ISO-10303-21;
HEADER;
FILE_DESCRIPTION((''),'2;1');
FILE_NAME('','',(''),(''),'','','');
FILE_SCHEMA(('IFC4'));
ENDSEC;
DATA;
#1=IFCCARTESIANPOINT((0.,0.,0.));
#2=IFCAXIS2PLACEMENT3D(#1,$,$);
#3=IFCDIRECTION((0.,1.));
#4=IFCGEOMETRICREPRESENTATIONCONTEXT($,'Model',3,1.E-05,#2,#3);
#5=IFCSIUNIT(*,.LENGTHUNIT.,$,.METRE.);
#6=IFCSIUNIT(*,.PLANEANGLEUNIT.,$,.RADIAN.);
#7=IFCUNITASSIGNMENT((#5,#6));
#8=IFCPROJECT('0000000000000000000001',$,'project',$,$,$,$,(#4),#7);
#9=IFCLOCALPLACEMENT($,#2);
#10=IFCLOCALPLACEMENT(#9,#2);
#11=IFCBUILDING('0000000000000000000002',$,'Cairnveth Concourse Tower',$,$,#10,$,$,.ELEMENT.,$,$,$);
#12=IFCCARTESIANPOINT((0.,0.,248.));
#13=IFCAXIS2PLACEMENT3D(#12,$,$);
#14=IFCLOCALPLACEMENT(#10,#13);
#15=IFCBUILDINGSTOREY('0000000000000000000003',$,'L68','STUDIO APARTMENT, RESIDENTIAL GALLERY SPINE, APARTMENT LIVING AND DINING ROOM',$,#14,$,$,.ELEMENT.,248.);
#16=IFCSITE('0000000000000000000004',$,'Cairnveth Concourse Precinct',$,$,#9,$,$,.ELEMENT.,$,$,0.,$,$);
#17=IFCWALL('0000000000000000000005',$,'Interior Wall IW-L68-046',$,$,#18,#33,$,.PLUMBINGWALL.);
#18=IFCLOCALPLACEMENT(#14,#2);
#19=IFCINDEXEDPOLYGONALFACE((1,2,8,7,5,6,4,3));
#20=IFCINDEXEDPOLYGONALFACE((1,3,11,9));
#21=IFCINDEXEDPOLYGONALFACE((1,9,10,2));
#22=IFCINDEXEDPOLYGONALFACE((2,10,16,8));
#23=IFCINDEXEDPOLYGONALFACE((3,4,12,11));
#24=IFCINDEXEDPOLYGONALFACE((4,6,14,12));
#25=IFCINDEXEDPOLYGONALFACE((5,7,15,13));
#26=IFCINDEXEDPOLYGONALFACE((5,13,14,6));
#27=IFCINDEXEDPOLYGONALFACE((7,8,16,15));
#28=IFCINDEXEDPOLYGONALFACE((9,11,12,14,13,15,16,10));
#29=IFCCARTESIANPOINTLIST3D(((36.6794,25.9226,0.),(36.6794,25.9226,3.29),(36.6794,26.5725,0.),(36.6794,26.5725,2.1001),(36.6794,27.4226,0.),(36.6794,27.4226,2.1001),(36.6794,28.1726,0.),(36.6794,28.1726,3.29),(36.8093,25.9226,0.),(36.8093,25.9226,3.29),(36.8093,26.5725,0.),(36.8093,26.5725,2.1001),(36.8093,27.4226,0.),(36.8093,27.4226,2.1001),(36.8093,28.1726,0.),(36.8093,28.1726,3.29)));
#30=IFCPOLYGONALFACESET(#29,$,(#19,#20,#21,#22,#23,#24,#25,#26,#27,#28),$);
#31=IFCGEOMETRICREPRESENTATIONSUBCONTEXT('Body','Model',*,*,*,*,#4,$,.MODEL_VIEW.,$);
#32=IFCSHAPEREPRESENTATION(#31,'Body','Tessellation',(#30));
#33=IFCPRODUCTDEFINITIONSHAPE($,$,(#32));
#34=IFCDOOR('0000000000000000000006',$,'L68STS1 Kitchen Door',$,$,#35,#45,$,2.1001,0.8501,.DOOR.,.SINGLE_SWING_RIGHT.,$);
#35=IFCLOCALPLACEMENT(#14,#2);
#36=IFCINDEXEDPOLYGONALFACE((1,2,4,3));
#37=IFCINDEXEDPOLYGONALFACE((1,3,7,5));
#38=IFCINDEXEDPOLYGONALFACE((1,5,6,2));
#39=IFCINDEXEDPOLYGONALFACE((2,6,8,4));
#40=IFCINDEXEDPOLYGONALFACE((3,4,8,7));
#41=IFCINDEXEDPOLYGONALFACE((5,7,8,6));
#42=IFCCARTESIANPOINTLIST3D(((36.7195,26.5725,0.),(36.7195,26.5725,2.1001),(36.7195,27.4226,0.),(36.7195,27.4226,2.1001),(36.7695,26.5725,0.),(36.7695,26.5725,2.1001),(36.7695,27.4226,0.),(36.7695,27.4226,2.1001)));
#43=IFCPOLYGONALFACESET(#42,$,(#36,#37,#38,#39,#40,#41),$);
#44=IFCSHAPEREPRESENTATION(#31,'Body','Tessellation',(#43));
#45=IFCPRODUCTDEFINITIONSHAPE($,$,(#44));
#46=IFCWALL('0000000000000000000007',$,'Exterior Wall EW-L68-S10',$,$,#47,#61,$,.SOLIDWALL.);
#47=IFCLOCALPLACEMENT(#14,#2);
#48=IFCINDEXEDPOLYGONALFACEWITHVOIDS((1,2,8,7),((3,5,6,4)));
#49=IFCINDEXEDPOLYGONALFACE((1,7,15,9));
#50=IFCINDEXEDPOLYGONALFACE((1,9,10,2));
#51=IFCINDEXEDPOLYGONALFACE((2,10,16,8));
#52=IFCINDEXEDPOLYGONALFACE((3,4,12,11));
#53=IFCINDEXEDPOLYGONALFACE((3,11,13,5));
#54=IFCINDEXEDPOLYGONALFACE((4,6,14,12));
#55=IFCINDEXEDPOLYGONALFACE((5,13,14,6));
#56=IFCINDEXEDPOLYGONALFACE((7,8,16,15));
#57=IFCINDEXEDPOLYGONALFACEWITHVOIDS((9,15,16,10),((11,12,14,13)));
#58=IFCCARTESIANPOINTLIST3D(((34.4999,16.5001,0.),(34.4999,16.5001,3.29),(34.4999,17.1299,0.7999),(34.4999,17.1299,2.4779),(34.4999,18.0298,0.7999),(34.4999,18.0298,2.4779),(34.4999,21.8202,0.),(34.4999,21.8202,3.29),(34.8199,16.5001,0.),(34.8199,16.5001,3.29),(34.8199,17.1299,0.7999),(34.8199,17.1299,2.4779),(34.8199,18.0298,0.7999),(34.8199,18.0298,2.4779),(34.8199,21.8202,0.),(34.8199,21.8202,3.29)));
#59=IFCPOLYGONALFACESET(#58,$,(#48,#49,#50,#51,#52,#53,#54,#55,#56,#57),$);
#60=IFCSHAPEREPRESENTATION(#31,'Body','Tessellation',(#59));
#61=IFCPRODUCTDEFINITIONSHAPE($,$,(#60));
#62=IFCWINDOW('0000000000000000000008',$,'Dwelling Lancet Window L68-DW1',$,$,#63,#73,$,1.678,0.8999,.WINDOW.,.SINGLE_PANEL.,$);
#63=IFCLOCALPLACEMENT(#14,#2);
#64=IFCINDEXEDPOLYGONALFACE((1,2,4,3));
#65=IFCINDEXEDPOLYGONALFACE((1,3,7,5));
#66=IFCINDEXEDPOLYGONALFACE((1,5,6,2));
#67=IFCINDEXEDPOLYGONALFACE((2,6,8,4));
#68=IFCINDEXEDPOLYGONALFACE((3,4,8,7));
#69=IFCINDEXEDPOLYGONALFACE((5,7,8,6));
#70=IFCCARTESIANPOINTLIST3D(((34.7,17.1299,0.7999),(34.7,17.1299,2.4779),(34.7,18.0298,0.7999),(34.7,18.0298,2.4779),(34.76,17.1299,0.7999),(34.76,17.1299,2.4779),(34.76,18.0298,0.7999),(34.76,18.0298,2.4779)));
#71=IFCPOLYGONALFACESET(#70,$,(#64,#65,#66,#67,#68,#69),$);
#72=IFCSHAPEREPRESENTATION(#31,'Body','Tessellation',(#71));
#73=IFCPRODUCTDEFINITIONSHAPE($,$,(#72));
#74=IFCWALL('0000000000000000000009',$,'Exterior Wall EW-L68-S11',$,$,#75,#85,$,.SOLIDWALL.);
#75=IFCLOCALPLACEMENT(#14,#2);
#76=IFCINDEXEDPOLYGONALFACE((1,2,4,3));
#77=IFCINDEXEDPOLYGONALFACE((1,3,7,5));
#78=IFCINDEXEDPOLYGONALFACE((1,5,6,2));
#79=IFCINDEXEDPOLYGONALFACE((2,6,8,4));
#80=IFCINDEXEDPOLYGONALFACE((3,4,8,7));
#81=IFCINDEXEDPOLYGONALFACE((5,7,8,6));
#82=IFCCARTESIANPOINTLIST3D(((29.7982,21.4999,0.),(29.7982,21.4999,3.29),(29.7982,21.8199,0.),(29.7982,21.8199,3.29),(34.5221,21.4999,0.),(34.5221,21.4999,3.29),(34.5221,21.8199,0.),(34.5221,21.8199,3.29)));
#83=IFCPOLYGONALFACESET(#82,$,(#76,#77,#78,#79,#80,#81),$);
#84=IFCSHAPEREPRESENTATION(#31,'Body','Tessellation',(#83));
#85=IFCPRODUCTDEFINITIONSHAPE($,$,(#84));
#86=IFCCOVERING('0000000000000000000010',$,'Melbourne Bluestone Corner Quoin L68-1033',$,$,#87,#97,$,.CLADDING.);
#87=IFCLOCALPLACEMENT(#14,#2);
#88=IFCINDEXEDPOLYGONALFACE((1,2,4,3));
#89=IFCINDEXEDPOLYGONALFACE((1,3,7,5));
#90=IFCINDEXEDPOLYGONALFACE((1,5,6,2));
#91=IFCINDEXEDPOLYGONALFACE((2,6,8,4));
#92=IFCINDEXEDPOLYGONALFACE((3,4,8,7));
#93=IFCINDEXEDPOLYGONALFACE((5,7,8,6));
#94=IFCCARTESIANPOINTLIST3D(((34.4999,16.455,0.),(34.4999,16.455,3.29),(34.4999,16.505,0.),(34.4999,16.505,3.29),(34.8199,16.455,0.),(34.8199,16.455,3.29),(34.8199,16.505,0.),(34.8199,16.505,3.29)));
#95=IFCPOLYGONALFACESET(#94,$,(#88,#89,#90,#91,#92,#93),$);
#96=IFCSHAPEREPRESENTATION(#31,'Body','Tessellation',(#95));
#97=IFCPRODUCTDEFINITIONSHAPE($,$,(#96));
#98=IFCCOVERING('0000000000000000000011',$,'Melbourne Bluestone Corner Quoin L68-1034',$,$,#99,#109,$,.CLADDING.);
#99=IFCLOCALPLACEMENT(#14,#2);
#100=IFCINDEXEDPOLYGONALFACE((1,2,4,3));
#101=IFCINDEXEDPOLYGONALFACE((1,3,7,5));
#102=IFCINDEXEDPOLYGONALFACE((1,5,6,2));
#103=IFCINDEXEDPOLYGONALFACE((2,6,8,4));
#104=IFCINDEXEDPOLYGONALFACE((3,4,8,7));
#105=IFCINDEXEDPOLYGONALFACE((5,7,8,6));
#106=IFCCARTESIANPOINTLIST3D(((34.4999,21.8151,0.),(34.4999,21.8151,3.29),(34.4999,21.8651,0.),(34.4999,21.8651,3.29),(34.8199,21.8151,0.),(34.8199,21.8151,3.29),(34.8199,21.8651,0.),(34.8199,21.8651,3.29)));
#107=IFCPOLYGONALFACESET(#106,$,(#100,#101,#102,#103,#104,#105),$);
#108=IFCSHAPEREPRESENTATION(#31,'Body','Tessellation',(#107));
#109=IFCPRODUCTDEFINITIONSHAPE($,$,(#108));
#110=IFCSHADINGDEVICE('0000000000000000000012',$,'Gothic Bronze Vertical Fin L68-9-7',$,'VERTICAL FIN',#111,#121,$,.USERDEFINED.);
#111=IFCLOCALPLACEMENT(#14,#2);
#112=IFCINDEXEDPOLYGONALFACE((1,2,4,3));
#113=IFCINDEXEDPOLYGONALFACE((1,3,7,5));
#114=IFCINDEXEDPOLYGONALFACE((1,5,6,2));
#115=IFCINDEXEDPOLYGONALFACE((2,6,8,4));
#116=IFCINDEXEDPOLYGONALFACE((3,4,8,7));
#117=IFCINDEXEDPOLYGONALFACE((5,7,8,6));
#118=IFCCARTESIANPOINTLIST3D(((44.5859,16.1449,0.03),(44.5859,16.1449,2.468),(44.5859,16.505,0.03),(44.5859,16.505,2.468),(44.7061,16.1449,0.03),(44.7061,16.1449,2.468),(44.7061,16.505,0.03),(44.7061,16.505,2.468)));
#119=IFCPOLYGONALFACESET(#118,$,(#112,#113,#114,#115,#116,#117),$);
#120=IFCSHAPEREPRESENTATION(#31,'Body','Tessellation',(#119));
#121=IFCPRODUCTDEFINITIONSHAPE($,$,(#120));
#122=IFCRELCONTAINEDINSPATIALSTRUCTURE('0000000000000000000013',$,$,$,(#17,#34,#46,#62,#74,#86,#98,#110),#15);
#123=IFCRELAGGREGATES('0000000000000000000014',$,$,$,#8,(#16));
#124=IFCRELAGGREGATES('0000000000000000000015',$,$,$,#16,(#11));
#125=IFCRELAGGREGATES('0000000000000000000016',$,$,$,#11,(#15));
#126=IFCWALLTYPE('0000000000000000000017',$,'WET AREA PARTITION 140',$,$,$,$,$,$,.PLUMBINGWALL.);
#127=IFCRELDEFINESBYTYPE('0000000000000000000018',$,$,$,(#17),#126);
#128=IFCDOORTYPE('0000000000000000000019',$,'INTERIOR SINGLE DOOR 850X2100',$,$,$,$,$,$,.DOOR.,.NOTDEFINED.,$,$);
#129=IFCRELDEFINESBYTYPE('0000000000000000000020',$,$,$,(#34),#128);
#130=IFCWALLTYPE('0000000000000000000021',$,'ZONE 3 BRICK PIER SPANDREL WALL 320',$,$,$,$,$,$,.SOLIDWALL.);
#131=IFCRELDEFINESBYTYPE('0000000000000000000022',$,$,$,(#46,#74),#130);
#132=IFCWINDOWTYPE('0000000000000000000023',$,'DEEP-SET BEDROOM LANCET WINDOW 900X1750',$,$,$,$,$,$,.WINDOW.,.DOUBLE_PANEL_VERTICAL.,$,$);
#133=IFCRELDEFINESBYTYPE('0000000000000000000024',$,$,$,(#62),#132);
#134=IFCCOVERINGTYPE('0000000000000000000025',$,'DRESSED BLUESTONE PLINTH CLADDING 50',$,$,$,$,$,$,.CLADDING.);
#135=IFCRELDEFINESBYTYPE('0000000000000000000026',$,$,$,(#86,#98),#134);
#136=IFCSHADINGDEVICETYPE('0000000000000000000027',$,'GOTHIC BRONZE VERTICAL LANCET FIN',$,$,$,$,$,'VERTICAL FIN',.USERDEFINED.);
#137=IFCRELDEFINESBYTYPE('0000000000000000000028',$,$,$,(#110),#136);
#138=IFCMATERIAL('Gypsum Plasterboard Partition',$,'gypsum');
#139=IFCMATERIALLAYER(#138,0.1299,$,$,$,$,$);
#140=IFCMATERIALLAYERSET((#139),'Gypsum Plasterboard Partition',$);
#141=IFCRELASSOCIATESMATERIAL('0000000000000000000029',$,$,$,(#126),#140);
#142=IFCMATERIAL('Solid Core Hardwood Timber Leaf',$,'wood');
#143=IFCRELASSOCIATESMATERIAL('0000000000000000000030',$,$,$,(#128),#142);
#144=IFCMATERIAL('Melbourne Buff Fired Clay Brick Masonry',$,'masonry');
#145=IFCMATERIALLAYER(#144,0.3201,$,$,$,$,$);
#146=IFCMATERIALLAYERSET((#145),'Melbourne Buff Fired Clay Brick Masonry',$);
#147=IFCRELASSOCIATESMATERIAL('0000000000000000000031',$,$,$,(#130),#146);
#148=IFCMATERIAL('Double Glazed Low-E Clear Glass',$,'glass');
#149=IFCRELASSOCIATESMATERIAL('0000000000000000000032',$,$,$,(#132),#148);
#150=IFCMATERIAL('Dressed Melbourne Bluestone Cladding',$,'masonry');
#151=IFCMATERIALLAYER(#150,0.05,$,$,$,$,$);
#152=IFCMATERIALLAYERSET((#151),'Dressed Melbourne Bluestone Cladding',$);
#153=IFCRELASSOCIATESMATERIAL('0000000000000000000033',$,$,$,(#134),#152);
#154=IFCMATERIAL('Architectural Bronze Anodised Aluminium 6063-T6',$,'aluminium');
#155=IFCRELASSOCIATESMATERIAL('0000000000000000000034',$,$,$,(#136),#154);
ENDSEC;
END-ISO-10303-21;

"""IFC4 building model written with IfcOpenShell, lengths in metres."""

from ifc_helpers import new_model, si_unit, direction, frame, frame_2d, origin, origin_2d, place, context, subcontext, project, spatial, rectangle, extrude, material, layer, layer_set, type_object, element, fill, save


model = new_model("IFC4")

# Units and contexts
model_context = context("Model", 3, precision=1e-05, world=origin(), true_north=direction((0.0, 1.0)))
body_context = subcontext(model_context, "Body", "Model", "MODEL_VIEW")
ifc_project = project(units=[si_unit("LENGTHUNIT", "METRE"), si_unit("PLANEANGLEUNIT", "RADIAN")], contexts=[model_context])

# Site, building, storey
site_placement = place(None, origin())
site = spatial("IfcSite", under=ifc_project, at=site_placement, Name="Cairnveth Concourse Precinct", CompositionType="ELEMENT", RefElevation=0.0)
building_placement = place(site_placement, origin())
building = spatial("IfcBuilding", under=site, at=building_placement, Name="Cairnveth Concourse Tower", CompositionType="ELEMENT")
storey_placement = place(building_placement, frame((0.0, 0.0, 248.0)))
storey = spatial("IfcBuildingStorey", under=building, at=storey_placement, Name="L68", Description="STUDIO APARTMENT, RESIDENTIAL GALLERY SPINE, APARTMENT LIVING AND DINING ROOM", CompositionType="ELEMENT", Elevation=248.0)

# Shared definitions
ifc_material_1 = material(Name="Gypsum Plasterboard Partition", Category="gypsum")

# Wall, opening, door
ifc_layer_1 = layer(ifc_material_1, 0.1299)
ifc_layer_set_1 = layer_set([ifc_layer_1], Name="Gypsum Plasterboard Partition")
wall_type_1 = type_object("IfcWallType", Name="WET AREA PARTITION 140", PredefinedType="PLUMBINGWALL", material=ifc_layer_set_1)
wall_1_placement = place(storey_placement, frame((36.7444, 25.9226, 0.0), z_axis=(0.0, 0.0, 1.0), x_axis=(0.0, 1.0, 0.0)))
wall_1 = element("IfcWall", 1, at=wall_1_placement, inside=storey, type_object=wall_type_1, Name="Interior Wall IW-L68-046", PredefinedType="PLUMBINGWALL", context=body_context, shape_type="SweptSolid", body=[
    extrude(rectangle(XDim=2.25, YDim=0.1299, at=frame_2d((1.125, 0.0))), origin(), (0.0, 0.0, 1.0), 3.29),
])
opening_1_placement = place(wall_1_placement, frame((0.6499, 0.0, 0.0)))
opening_1 = element("IfcOpeningElement", 2, at=opening_1_placement, cuts=wall_1, PredefinedType="OPENING", context=body_context, shape_type="SweptSolid", body=[
    extrude(rectangle(XDim=0.8501, YDim=2.1001, at=frame_2d((0.425, 1.05))), frame((0.0, 0.075, 0.0), z_axis=(0.0, -1.0, 0.0), x_axis=(1.0, 0.0, 0.0)), (0.0, 0.0, 1.0), 0.1499),
])
ifc_material_2 = material(Name="Solid Core Hardwood Timber Leaf", Category="wood")
door_type = type_object("IfcDoorType", Name="INTERIOR SINGLE DOOR 850X2100", OperationType="NOTDEFINED", PredefinedType="DOOR", material=ifc_material_2)
door_placement = place(opening_1_placement, origin())
door = element("IfcDoor", 3, at=door_placement, inside=storey, type_object=door_type, Name="L68STS1 Kitchen Door", OperationType="SINGLE_SWING_RIGHT", OverallHeight=2.1001, OverallWidth=0.8501, PredefinedType="DOOR", context=body_context, shape_type="SweptSolid", body=[
    extrude(rectangle(XDim=0.8501, YDim=2.1001, at=frame_2d((0.425, 1.05))), frame((0.0, 0.0249, 0.0), z_axis=(0.0, -1.0, 0.0), x_axis=(1.0, 0.0, 0.0)), (0.0, 0.0, 1.0), 0.05),
])
fill(opening_1, door)

# Wall, opening, window
ifc_material_3 = material(Name="Melbourne Buff Fired Clay Brick Masonry", Category="masonry")
ifc_layer_2 = layer(ifc_material_3, 0.3201)
ifc_layer_set_2 = layer_set([ifc_layer_2], Name="Melbourne Buff Fired Clay Brick Masonry")
wall_type_2 = type_object("IfcWallType", Name="ZONE 3 BRICK PIER SPANDREL WALL 320", PredefinedType="SOLIDWALL", material=ifc_layer_set_2)
wall_2_placement = place(storey_placement, frame((34.6599, 16.5, 0.0), z_axis=(0.0, 0.0, 1.0), x_axis=(0.0, 1.0, 0.0)))
wall_2 = element("IfcWall", 4, at=wall_2_placement, inside=storey, type_object=wall_type_2, Name="Exterior Wall EW-L68-S10", PredefinedType="SOLIDWALL", context=body_context, shape_type="SweptSolid", body=[
    extrude(rectangle(XDim=5.3201, YDim=0.3201, at=frame_2d((2.6602, 0.0))), origin(), (0.0, 0.0, 1.0), 3.29),
])
opening_2_placement = place(wall_2_placement, frame((0.6299, 0.0, 0.8)))
opening_2 = element("IfcOpeningElement", 5, at=opening_2_placement, cuts=wall_2, PredefinedType="OPENING", context=body_context, shape_type="SweptSolid", body=[
    extrude(rectangle(XDim=0.8999, YDim=1.678, at=frame_2d((0.45, 0.8389))), frame((0.0, 0.1699, 0.0), z_axis=(0.0, -1.0, 0.0), x_axis=(1.0, 0.0, 0.0)), (0.0, 0.0, 1.0), 0.3401),
])
ifc_material_4 = material(Name="Double Glazed Low-E Clear Glass", Category="glass")
window_type = type_object("IfcWindowType", Name="DEEP-SET BEDROOM LANCET WINDOW 900X1750", PartitioningType="DOUBLE_PANEL_VERTICAL", PredefinedType="WINDOW", material=ifc_material_4)
window_placement = place(opening_2_placement, origin())
window = element("IfcWindow", 6, at=window_placement, inside=storey, type_object=window_type, Name="Dwelling Lancet Window L68-DW1", OverallHeight=1.678, OverallWidth=0.8999, PartitioningType="SINGLE_PANEL", PredefinedType="WINDOW", context=body_context, shape_type="SweptSolid", body=[
    extrude(rectangle(XDim=0.8999, YDim=1.678, at=frame_2d((0.45, 0.8389))), frame((0.0, -0.04, 0.0), z_axis=(0.0, -1.0, 0.0), x_axis=(1.0, 0.0, 0.0)), (0.0, 0.0, 1.0), 0.0601),
])
fill(opening_2, window)

# Wall
wall_3_placement = place(storey_placement, frame((34.522, 21.6599, 0.0), z_axis=(0.0, 0.0, 1.0), x_axis=(-1.0, 0.0, 0.0)))
element("IfcWall", 7, at=wall_3_placement, inside=storey, type_object=wall_type_2, Name="Exterior Wall EW-L68-S11", PredefinedType="SOLIDWALL", context=body_context, shape_type="SweptSolid", body=[
    extrude(rectangle(XDim=4.7239, YDim=0.3201, at=frame_2d((2.3618, 0.0))), origin(), (0.0, 0.0, 1.0), 3.29),
])

# Coverings
ifc_material_5 = material(Name="Dressed Melbourne Bluestone Cladding", Category="masonry")
ifc_layer_3 = layer(ifc_material_5, 0.05)
ifc_layer_set_3 = layer_set([ifc_layer_3], Name="Dressed Melbourne Bluestone Cladding")
covering_type = type_object("IfcCoveringType", Name="DRESSED BLUESTONE PLINTH CLADDING 50", PredefinedType="CLADDING", material=ifc_layer_set_3)
for number, where, z_axis, x_axis, name in (
    (8, (34.8201, 16.48, 0.0), (0.0, 0.0, 1.0), (-1.0, 0.0, 0.0), "Melbourne Bluestone Corner Quoin L68-1033"),
    (9, (34.8201, 21.8401, 0.0), (0.0, 0.0, 1.0), (-1.0, 0.0, 0.0), "Melbourne Bluestone Corner Quoin L68-1034"),
):
    element("IfcCovering", number, at=place(storey_placement, frame(where, z_axis=z_axis, x_axis=x_axis)), inside=storey, type_object=covering_type, Name=name, PredefinedType="CLADDING", context=body_context, shape_type="SweptSolid", body=[
        extrude(rectangle(XDim=0.3201, YDim=0.05, at=frame_2d((0.1602, 0.0))), origin(), (0.0, 0.0, 1.0), 3.29),
    ])

# Shading device
ifc_material_6 = material(Name="Architectural Bronze Anodised Aluminium 6063-T6", Category="aluminium")
shading_device_type = type_object("IfcShadingDeviceType", Name="GOTHIC BRONZE VERTICAL LANCET FIN", ElementType="VERTICAL FIN", PredefinedType="USERDEFINED", material=ifc_material_6)
shading_device_placement = place(storey_placement, frame((44.646, 16.325, 0.03), z_axis=(0.0, 0.0, 1.0), x_axis=(1.0, 0.0, 0.0)))
element("IfcShadingDevice", 10, at=shading_device_placement, inside=storey, type_object=shading_device_type, Name="Gothic Bronze Vertical Fin L68-9-7", ObjectType="VERTICAL FIN", PredefinedType="USERDEFINED", context=body_context, shape_type="SweptSolid", body=[
    extrude(rectangle(XDim=0.1201, YDim=0.3601, at=origin_2d()), origin(), (0.0, 0.0, 1.0), 2.438),
])

save(model, "model.ifc")
